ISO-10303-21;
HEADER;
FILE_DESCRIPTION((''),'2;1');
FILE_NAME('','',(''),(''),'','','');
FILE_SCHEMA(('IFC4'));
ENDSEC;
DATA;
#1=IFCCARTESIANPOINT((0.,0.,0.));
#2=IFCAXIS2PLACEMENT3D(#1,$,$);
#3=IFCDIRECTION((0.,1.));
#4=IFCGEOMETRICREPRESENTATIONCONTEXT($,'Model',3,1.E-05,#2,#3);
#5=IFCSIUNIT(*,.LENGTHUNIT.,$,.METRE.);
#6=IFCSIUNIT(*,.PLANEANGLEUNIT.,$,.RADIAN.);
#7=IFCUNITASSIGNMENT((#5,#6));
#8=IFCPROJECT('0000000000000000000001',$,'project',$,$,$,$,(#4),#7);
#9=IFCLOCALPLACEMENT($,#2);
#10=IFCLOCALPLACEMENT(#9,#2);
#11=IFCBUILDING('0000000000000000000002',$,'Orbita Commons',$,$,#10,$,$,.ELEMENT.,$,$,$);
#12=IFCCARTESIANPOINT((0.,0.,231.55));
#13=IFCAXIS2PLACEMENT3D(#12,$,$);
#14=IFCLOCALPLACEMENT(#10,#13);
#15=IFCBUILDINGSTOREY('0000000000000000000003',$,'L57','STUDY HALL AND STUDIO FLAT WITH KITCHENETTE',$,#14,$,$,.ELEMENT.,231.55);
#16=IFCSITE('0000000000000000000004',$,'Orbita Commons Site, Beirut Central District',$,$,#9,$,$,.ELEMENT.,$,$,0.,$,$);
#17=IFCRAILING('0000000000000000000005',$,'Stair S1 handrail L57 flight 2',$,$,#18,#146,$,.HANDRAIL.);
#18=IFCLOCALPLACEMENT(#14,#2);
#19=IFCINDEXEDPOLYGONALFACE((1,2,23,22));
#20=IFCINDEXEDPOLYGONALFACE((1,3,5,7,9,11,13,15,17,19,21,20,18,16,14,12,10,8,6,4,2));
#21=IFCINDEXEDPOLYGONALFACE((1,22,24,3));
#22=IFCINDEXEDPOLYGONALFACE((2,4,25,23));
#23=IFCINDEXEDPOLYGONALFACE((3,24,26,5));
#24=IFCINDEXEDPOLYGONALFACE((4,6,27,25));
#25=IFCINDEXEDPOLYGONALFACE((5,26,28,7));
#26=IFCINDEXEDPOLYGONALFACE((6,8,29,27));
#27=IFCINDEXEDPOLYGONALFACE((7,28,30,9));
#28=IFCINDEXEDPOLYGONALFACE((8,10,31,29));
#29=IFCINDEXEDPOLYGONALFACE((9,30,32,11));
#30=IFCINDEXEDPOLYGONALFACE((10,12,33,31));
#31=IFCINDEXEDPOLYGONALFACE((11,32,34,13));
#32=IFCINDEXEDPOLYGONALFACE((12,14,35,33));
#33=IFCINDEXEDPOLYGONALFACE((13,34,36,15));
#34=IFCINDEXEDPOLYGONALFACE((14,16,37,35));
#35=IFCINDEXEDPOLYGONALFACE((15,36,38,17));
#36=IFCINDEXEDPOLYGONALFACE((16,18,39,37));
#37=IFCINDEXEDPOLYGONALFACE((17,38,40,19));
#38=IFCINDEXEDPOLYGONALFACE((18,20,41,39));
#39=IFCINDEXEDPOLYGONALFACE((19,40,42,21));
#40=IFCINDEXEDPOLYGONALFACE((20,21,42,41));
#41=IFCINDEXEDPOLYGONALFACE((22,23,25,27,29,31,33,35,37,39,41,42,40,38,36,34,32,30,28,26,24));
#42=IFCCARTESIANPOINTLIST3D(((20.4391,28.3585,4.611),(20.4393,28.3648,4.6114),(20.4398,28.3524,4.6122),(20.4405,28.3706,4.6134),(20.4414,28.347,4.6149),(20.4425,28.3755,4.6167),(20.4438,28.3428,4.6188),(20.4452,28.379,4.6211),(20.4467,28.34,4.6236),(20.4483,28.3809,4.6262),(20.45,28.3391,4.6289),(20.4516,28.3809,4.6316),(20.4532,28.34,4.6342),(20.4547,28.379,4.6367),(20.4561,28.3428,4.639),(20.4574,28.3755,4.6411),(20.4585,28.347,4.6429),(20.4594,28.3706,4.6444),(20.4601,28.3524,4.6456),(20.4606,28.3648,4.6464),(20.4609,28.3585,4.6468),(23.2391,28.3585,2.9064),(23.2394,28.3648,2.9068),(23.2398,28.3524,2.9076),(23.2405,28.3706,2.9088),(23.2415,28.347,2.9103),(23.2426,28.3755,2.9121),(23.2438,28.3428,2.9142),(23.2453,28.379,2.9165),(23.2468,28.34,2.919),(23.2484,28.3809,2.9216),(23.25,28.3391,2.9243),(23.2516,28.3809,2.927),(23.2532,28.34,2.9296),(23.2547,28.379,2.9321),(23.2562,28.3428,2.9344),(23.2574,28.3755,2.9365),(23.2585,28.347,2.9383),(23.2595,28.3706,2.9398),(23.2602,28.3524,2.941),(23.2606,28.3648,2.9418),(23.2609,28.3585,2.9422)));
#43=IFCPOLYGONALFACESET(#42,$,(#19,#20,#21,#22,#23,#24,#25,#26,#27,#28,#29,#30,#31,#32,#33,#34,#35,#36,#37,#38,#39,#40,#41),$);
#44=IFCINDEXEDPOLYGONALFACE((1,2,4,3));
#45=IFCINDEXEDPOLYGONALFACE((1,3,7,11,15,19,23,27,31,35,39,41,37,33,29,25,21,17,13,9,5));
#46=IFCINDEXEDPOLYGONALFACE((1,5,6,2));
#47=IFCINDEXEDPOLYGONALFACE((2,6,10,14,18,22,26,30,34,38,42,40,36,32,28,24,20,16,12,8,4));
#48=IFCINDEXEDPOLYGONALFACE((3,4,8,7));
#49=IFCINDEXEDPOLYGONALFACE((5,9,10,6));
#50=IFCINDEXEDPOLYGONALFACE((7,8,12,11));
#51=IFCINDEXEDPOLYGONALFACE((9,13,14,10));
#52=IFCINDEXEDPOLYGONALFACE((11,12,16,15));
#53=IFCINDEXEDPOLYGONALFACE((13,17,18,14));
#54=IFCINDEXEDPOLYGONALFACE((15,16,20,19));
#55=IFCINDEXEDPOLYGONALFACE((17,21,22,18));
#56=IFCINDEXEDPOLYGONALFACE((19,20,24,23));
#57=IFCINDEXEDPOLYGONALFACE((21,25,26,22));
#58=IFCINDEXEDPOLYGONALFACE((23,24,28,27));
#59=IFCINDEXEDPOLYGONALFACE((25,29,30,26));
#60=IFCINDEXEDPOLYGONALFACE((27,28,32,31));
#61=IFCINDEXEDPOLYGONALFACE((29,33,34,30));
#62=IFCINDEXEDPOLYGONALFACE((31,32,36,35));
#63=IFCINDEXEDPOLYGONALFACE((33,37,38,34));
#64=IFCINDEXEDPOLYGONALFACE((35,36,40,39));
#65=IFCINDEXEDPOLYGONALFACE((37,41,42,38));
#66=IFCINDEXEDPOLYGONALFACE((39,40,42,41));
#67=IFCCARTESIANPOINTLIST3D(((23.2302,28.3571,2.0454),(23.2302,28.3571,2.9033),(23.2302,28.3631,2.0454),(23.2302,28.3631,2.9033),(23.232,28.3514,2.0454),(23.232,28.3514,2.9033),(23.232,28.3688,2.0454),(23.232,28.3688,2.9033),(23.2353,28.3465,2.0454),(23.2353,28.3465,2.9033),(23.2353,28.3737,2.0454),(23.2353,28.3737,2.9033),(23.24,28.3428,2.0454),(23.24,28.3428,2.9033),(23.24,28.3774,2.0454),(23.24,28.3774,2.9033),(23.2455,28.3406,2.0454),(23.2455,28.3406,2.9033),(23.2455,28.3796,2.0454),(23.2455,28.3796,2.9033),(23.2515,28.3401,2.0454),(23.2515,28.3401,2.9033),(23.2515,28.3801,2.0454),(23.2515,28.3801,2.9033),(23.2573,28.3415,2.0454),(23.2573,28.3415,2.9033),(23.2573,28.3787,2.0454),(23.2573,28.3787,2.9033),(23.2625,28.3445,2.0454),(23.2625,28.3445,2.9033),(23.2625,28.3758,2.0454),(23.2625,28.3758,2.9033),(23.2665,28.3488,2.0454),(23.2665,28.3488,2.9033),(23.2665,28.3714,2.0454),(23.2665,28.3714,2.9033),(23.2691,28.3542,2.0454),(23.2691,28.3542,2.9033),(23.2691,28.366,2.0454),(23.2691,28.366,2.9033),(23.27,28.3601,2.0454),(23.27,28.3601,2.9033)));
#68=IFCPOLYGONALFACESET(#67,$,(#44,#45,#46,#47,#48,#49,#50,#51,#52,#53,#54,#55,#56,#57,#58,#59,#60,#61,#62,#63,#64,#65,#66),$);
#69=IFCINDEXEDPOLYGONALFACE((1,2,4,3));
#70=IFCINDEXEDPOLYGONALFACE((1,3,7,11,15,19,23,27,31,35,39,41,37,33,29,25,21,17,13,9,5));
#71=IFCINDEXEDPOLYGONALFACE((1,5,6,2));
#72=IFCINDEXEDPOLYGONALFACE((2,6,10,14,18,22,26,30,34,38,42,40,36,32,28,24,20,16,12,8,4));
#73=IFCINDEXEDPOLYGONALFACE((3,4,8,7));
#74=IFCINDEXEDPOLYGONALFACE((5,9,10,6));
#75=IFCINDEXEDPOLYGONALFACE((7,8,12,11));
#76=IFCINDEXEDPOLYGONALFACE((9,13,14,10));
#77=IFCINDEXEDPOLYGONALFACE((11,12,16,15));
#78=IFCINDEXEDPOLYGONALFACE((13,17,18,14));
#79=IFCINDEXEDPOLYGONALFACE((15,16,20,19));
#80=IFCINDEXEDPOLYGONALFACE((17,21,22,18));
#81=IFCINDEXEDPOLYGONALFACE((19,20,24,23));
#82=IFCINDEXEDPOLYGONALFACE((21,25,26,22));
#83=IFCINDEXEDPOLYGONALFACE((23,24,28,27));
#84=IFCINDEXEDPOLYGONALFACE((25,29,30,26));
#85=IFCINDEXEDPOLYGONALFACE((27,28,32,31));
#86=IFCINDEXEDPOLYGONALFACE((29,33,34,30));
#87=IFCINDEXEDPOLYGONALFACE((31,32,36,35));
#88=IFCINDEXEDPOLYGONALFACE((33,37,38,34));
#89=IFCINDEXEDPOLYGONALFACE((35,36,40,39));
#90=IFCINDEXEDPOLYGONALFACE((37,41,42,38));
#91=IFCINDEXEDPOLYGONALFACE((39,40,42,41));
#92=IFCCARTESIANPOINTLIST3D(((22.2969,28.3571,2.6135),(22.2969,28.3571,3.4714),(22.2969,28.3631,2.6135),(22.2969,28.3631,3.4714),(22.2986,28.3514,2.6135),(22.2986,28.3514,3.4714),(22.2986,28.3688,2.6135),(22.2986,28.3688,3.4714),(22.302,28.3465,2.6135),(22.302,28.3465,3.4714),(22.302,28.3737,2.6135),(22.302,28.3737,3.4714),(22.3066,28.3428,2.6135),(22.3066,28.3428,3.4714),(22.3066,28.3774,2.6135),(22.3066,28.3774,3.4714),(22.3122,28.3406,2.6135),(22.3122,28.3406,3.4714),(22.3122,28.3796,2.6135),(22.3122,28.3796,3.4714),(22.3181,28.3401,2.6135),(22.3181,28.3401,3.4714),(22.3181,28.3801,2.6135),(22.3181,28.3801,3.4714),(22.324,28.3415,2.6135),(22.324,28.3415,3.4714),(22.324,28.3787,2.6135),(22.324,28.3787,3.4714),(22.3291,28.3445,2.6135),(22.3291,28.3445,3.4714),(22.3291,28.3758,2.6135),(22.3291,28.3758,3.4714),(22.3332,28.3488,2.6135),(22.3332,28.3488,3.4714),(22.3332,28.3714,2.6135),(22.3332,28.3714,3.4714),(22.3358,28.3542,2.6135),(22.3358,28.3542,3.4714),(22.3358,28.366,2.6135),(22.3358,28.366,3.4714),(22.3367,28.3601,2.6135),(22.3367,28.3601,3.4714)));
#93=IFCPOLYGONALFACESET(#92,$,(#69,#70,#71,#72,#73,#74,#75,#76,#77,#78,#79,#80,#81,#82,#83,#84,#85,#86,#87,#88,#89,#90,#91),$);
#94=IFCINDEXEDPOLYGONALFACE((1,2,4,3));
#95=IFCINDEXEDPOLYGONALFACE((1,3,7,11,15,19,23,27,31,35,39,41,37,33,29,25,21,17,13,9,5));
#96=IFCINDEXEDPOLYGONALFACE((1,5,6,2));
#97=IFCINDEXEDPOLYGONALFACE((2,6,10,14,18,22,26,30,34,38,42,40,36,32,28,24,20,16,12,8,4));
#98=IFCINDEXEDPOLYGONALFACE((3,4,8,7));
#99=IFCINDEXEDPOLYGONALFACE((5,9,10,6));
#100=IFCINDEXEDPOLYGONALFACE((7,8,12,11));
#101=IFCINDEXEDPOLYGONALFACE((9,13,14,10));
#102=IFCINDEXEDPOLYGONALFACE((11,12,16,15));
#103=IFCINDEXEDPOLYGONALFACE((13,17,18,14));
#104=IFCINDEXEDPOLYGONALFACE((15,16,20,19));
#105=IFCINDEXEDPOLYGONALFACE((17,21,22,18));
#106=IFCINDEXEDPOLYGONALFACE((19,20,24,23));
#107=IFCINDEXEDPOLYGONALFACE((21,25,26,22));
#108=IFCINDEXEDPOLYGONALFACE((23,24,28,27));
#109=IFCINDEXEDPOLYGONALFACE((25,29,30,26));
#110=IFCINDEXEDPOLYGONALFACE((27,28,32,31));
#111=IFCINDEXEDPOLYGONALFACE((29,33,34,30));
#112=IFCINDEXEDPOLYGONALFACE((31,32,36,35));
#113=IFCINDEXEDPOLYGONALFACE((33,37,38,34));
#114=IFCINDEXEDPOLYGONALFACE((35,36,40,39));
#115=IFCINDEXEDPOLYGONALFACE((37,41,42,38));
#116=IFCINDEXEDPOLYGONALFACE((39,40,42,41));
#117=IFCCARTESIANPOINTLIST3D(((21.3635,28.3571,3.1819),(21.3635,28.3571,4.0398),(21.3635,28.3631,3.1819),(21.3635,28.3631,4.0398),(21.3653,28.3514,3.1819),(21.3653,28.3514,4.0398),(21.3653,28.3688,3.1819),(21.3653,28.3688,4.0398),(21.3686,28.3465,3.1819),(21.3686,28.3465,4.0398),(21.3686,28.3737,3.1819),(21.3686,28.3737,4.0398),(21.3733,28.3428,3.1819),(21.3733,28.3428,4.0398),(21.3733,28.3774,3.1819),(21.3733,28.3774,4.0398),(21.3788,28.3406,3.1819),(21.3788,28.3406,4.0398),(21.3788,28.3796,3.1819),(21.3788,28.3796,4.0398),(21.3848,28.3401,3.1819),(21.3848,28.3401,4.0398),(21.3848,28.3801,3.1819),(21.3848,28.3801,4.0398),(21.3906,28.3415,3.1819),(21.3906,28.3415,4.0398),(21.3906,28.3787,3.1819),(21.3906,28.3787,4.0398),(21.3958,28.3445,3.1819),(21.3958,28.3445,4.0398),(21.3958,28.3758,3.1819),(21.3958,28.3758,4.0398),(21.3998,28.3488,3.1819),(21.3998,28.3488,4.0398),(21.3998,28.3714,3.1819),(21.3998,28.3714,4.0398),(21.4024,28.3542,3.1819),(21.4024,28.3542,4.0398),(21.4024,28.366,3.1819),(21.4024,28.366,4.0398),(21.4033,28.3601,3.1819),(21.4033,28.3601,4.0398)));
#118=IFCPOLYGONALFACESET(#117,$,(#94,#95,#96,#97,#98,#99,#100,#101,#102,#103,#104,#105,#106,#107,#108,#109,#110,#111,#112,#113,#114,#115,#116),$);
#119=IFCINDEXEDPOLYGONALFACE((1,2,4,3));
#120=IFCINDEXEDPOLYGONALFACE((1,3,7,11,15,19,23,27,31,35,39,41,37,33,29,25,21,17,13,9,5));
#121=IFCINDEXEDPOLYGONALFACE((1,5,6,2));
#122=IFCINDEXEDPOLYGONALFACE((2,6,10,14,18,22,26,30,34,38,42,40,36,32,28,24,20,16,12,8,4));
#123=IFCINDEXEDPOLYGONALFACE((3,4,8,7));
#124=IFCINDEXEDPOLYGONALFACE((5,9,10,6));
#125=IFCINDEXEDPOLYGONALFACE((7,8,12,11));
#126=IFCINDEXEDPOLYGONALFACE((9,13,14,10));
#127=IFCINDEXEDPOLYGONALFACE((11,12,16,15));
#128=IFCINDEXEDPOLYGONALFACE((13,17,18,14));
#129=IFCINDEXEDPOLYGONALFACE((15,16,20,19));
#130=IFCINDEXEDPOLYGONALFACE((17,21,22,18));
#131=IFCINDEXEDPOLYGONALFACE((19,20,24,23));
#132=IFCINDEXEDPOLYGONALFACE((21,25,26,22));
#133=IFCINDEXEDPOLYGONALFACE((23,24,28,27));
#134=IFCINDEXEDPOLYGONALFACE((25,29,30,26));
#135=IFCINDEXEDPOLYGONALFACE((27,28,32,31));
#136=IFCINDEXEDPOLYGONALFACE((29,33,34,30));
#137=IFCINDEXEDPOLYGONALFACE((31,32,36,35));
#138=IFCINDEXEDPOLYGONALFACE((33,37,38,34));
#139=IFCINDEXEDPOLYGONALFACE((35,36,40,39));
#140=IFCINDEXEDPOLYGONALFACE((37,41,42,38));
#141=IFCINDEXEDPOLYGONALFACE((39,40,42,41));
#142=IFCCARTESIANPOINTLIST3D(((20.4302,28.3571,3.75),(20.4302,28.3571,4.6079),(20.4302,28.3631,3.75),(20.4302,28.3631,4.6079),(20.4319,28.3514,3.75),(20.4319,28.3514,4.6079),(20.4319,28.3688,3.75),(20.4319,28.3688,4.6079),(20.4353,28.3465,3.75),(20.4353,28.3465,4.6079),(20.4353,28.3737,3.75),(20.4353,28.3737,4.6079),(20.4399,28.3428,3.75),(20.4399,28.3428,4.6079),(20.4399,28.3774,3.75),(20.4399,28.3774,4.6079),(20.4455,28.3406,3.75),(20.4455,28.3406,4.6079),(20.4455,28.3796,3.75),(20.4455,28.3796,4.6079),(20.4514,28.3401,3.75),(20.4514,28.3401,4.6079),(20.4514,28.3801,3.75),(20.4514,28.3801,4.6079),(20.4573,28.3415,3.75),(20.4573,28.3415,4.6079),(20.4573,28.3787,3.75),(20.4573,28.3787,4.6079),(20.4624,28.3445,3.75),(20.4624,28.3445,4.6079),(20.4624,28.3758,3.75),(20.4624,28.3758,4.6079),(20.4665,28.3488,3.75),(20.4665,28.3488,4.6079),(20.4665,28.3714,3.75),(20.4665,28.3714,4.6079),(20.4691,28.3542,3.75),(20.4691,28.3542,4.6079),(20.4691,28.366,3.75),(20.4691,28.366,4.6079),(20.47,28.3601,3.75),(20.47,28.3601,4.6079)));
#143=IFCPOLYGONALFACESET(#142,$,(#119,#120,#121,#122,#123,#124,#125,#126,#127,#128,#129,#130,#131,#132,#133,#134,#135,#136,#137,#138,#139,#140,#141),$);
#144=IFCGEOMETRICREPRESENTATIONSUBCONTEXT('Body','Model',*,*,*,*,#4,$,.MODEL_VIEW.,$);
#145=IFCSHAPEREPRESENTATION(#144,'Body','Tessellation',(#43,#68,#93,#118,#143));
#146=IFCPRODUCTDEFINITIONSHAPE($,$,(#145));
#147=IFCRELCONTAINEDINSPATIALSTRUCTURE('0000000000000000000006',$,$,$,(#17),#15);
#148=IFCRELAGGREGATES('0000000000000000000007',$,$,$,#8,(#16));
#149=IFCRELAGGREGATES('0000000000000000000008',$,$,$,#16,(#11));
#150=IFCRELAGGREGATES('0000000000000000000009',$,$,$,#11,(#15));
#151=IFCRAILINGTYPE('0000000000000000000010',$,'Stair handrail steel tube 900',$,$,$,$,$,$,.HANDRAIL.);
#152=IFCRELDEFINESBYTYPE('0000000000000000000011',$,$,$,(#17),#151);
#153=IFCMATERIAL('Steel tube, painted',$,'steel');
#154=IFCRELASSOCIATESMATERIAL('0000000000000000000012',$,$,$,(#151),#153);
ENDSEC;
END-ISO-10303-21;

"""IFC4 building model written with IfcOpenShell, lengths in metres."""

from ifc_helpers import new_model, si_unit, direction, frame, origin, origin_2d, place, context, subcontext, project, spatial, circle, extrude, material, type_object, element, save


model = new_model("IFC4")

# Units and contexts
model_context = context("Model", 3, precision=1e-05, world=origin(), true_north=direction((0.0, 1.0)))
body_context = subcontext(model_context, "Body", "Model", "MODEL_VIEW")
ifc_project = project(units=[si_unit("LENGTHUNIT", "METRE"), si_unit("PLANEANGLEUNIT", "RADIAN")], contexts=[model_context])

# Site, building, storey
site_placement = place(None, origin())
site = spatial("IfcSite", under=ifc_project, at=site_placement, Name="Orbita Commons Site, Beirut Central District", CompositionType="ELEMENT", RefElevation=0.0)
building_placement = place(site_placement, origin())
building = spatial("IfcBuilding", under=site, at=building_placement, Name="Orbita Commons", CompositionType="ELEMENT")
storey_placement = place(building_placement, frame((0.0, 0.0, 231.55)))
storey = spatial("IfcBuildingStorey", under=building, at=storey_placement, Name="L57", Description="STUDY HALL AND STUDIO FLAT WITH KITCHENETTE", CompositionType="ELEMENT", Elevation=231.55)

# Railing
ifc_material_1 = material(Name="Steel tube, painted", Category="steel")
railing_type = type_object("IfcRailingType", Name="Stair handrail steel tube 900", PredefinedType="HANDRAIL", material=ifc_material_1)
for number, where, name in (
    (1, (23.25, 28.3601, 2.0454), "Stair S1 handrail L57 flight 2"),
):
    element("IfcRailing", number, at=place(storey_placement, frame(where)), inside=storey, type_object=railing_type, Name=name, PredefinedType="HANDRAIL", context=body_context, shape_type="SweptSolid", body=[
        extrude(circle(Radius=0.021, at=origin_2d()), frame((0.0, 0.0, 0.8789), z_axis=(-0.85417, 0.0, 0.519994), x_axis=(0.0, -1.0, 0.0)), (0.0, 0.0, 1.0), 3.2781),
        extrude(circle(Radius=0.02, at=origin_2d()), origin(), (0.0, 0.0, 1.0), 0.8579),
        extrude(circle(Radius=0.02, at=origin_2d()), frame((-0.9333, 0.0, 0.5681)), (0.0, 0.0, 1.0), 0.8579),
        extrude(circle(Radius=0.02, at=origin_2d()), frame((-1.8667, 0.0, 1.1365)), (0.0, 0.0, 1.0), 0.8579),
        extrude(circle(Radius=0.02, at=origin_2d()), frame((-2.8, 0.0, 1.7046)), (0.0, 0.0, 1.0), 0.8579),
    ])

save(model, "model.ifc")
